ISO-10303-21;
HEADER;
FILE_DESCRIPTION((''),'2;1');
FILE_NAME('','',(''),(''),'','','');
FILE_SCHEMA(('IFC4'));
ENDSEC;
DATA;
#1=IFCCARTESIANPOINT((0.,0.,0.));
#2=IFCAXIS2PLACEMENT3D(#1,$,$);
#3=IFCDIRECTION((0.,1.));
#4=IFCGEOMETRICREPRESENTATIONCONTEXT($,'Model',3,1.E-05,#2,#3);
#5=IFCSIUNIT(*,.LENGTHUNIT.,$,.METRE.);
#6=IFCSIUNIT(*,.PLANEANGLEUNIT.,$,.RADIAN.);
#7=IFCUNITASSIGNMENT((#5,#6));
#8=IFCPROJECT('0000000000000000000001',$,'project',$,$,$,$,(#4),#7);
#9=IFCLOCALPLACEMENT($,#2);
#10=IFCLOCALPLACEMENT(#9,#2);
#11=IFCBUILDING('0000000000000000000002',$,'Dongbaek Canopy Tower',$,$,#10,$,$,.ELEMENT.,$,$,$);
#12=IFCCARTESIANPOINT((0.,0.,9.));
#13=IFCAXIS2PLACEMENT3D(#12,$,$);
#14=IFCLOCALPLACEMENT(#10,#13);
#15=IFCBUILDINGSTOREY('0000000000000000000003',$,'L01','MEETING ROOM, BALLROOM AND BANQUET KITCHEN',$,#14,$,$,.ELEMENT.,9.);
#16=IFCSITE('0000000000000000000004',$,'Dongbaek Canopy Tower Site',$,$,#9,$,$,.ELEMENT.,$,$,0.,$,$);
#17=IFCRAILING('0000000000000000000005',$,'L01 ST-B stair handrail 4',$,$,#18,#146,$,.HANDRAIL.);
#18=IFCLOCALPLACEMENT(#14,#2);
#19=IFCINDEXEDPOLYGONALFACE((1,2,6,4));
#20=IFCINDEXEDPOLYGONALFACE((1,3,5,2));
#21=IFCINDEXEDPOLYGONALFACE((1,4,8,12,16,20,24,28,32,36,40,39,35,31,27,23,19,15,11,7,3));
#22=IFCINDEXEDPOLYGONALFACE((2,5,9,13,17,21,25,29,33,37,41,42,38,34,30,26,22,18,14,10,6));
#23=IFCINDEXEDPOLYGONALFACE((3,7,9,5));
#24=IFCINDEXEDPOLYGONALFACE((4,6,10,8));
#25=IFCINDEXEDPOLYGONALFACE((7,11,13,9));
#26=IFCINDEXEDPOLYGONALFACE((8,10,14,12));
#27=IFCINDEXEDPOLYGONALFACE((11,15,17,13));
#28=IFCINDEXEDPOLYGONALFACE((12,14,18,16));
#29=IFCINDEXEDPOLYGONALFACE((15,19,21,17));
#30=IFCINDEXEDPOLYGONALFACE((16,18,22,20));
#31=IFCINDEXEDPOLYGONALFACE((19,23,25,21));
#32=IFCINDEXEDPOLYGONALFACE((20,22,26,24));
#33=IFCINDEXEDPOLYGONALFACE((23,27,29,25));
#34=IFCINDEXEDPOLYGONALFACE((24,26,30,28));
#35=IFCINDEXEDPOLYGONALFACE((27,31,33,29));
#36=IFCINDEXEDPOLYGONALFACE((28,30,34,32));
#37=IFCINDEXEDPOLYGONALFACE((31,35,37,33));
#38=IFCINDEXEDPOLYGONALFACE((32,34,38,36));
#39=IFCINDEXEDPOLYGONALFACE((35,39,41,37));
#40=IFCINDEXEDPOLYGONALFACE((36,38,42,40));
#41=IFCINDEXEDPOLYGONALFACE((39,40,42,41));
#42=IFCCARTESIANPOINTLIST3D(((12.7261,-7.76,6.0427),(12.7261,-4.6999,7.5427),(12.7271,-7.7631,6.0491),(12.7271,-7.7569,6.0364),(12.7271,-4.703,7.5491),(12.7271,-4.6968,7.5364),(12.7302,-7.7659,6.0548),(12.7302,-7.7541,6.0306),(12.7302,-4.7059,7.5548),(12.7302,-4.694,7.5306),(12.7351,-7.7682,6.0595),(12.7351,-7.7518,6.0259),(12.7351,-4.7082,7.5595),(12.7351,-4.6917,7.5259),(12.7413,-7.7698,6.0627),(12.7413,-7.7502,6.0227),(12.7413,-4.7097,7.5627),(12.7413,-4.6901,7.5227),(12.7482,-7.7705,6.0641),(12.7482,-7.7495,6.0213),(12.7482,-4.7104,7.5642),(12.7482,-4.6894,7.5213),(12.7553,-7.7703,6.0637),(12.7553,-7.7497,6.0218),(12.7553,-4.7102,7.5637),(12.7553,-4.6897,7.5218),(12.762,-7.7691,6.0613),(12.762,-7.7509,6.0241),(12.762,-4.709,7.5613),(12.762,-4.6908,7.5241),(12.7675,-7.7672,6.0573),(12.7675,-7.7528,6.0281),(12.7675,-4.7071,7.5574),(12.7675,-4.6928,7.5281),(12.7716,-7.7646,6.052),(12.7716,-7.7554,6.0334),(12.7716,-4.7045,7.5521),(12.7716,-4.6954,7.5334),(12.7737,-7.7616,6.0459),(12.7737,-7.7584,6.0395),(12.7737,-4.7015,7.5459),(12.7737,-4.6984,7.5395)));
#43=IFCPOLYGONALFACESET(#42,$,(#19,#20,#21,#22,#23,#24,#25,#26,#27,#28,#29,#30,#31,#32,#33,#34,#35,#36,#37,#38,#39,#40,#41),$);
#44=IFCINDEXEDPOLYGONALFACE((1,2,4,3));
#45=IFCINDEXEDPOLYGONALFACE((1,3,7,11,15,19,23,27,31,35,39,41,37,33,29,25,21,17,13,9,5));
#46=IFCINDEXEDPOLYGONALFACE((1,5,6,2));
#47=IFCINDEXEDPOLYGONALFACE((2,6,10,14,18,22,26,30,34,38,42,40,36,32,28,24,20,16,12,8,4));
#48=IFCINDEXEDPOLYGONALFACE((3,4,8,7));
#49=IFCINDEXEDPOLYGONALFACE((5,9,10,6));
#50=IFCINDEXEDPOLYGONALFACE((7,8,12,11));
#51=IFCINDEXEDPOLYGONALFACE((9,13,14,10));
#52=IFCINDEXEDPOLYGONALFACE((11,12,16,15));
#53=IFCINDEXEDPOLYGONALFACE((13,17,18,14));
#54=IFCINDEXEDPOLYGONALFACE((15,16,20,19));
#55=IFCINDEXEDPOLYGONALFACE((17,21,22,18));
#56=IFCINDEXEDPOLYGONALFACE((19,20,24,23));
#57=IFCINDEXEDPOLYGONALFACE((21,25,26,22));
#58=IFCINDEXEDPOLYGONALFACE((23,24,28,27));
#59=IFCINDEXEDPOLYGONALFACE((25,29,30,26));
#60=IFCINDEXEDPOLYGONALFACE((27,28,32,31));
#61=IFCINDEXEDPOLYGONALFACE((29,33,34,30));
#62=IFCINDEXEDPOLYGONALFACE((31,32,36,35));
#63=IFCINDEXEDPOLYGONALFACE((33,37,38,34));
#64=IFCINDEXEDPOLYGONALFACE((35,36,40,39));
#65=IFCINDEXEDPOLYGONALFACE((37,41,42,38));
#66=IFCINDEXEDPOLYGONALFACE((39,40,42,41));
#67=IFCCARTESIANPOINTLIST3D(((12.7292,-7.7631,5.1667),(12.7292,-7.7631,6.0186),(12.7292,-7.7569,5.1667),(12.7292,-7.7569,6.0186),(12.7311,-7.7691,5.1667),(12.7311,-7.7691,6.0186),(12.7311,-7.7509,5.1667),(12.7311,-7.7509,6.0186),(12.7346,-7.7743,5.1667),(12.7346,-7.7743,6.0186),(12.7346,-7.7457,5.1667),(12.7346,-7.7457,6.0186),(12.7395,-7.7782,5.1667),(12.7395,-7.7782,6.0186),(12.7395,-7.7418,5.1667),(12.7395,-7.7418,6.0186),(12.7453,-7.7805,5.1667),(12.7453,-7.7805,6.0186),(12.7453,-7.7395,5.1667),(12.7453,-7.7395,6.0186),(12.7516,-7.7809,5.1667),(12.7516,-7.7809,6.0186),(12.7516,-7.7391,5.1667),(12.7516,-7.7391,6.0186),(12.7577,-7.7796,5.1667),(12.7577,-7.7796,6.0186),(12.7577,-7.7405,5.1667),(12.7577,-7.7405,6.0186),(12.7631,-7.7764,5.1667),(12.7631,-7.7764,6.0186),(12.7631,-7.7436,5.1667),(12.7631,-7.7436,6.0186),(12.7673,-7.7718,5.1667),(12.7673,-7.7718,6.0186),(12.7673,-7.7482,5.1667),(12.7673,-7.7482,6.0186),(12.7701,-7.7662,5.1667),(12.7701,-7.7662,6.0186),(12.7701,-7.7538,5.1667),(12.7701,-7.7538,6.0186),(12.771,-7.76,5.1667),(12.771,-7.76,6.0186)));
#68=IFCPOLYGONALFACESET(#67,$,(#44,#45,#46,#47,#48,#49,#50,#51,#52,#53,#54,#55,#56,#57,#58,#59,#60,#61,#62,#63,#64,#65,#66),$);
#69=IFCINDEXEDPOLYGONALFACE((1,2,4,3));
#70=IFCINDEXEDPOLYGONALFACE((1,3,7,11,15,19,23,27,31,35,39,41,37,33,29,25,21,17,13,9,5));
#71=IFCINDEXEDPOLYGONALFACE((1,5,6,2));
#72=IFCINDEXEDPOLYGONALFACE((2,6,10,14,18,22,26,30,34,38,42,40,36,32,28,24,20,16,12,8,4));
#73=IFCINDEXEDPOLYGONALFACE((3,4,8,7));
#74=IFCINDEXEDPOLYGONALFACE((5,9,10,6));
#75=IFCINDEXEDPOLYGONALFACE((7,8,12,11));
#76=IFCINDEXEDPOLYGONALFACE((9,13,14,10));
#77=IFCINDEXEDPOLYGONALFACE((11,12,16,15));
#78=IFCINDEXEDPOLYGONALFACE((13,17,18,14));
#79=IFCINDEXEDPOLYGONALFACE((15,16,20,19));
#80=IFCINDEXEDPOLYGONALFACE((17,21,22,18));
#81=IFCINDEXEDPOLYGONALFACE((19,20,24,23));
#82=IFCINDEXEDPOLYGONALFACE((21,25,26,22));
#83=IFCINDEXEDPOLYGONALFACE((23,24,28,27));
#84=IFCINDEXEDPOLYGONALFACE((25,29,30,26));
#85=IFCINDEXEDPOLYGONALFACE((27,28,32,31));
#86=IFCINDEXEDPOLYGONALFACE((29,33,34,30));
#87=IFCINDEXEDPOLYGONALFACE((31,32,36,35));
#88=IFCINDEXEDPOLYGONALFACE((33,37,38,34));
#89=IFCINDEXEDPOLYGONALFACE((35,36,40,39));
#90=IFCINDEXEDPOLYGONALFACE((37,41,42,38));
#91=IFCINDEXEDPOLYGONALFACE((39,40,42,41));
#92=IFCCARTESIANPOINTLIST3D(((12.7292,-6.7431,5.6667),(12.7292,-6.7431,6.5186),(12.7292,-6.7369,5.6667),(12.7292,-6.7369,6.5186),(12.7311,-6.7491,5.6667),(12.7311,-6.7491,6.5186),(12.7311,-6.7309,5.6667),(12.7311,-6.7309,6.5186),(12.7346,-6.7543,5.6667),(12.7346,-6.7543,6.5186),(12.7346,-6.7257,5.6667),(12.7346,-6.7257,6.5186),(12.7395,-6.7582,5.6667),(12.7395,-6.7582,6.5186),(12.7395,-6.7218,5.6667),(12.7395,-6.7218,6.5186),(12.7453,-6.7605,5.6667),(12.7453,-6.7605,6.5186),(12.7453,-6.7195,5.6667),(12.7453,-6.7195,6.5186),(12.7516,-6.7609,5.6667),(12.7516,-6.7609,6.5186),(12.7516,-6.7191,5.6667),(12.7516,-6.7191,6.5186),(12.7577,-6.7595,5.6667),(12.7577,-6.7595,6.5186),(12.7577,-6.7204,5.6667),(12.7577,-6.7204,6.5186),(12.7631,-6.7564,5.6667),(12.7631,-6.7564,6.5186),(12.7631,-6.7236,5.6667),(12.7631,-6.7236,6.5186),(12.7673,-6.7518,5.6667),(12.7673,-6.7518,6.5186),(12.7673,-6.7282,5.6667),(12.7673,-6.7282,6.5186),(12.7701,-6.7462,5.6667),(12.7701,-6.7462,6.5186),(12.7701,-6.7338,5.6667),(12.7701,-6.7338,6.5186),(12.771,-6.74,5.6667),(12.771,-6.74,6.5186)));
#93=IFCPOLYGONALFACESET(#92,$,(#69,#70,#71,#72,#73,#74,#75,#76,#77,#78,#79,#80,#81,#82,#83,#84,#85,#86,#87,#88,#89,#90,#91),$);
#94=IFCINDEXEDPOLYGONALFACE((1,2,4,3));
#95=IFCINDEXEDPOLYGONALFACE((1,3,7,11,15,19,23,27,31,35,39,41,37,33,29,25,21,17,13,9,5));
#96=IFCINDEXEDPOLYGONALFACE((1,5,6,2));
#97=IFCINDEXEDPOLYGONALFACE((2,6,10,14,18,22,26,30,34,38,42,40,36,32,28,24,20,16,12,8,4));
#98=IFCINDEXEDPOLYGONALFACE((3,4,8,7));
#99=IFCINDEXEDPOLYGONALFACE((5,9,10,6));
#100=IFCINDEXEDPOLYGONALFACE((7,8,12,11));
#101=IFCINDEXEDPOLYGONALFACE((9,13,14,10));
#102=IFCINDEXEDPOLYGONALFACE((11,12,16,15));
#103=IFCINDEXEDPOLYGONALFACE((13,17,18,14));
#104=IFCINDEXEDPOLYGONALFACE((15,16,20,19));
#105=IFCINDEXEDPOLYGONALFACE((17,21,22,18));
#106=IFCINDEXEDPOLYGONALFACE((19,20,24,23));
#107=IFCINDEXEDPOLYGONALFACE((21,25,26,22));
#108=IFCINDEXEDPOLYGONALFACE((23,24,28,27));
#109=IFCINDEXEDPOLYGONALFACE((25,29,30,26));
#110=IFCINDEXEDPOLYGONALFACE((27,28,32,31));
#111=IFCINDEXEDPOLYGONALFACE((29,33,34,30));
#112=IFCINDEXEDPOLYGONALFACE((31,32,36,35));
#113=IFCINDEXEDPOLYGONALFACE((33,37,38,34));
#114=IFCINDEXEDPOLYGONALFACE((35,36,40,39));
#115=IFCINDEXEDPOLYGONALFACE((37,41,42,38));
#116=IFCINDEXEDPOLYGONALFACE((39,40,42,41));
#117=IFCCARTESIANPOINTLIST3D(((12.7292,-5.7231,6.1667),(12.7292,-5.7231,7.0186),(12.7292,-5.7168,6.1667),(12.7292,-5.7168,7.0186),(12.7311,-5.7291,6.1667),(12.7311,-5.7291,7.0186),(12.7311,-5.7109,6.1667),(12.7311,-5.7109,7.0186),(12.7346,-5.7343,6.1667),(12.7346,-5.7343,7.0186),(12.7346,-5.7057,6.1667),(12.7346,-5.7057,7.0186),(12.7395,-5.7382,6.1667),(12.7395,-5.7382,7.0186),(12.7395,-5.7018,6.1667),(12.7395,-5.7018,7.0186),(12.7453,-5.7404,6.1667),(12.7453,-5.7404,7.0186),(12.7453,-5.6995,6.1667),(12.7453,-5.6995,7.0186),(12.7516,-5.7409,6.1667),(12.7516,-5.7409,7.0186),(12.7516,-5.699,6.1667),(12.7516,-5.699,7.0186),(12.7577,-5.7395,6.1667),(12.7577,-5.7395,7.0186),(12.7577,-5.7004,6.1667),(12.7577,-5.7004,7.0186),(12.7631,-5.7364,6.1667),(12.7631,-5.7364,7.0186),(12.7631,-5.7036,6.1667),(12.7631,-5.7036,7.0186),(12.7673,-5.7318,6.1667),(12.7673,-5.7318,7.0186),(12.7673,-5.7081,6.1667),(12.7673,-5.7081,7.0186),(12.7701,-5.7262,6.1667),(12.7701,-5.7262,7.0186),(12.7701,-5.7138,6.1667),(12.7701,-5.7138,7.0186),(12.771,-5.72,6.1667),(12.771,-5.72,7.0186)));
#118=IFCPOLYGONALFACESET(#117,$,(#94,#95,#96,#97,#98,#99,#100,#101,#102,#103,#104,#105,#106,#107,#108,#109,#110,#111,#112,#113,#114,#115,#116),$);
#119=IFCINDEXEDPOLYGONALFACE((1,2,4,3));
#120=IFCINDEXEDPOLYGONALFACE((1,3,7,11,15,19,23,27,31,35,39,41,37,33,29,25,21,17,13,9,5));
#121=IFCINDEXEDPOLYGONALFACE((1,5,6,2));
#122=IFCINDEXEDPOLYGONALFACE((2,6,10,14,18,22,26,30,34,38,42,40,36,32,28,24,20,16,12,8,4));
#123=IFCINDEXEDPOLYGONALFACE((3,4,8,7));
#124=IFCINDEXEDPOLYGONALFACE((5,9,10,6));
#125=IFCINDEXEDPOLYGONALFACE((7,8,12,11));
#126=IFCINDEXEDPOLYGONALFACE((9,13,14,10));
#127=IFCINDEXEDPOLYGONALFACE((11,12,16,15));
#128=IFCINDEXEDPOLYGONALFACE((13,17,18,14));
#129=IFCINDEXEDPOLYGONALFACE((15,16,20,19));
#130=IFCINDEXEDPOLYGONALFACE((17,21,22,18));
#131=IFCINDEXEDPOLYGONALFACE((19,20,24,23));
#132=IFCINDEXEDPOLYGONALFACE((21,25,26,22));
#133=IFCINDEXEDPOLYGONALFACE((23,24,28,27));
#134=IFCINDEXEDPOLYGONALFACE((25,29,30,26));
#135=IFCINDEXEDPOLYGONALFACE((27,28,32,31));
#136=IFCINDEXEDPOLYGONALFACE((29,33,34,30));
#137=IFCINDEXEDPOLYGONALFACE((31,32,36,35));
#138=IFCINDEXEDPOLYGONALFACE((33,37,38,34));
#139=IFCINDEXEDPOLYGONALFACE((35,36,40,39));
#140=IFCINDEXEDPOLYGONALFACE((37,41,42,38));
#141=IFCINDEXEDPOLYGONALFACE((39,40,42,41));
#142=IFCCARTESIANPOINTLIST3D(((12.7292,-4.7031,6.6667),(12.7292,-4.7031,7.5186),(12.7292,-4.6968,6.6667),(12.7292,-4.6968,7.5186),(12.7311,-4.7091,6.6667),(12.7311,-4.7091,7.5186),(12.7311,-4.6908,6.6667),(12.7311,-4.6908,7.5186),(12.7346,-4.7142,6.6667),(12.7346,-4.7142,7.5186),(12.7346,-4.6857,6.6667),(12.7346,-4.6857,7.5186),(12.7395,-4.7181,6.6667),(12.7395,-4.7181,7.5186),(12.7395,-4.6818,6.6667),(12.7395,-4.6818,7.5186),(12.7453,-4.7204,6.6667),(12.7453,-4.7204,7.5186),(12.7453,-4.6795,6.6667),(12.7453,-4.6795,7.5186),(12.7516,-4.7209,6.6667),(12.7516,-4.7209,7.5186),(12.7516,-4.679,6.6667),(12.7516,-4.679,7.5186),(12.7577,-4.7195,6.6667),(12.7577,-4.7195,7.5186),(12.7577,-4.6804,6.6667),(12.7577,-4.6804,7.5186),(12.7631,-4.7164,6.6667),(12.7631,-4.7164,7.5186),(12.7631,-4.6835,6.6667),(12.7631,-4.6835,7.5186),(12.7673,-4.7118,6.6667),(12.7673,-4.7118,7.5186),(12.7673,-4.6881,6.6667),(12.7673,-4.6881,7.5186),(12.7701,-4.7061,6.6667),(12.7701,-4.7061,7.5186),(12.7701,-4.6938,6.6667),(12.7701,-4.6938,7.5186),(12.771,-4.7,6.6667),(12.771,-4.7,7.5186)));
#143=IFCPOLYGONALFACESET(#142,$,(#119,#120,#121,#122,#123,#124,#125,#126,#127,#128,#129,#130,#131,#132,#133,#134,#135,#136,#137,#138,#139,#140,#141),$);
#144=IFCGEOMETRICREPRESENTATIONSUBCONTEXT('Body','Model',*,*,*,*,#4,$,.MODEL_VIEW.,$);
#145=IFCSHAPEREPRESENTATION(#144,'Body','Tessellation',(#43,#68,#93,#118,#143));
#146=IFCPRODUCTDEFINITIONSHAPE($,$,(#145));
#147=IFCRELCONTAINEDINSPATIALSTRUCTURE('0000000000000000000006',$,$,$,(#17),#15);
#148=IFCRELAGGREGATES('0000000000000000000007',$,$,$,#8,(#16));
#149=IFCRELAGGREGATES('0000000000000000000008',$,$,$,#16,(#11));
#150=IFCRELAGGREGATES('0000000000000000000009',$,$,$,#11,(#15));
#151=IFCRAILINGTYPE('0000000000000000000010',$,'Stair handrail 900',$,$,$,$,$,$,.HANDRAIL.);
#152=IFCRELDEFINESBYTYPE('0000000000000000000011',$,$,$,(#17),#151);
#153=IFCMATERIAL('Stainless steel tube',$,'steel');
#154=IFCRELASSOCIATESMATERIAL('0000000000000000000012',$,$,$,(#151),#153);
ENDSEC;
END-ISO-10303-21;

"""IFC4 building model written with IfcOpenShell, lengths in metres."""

from ifc_helpers import new_model, si_unit, direction, frame, origin, origin_2d, place, context, subcontext, project, spatial, circle, extrude, material, type_object, element, save


model = new_model("IFC4")

# Units and contexts
model_context = context("Model", 3, precision=1e-05, world=origin(), true_north=direction((0.0, 1.0)))
body_context = subcontext(model_context, "Body", "Model", "MODEL_VIEW")
ifc_project = project(units=[si_unit("LENGTHUNIT", "METRE"), si_unit("PLANEANGLEUNIT", "RADIAN")], contexts=[model_context])

# Site, building, storey
site_placement = place(None, origin())
site = spatial("IfcSite", under=ifc_project, at=site_placement, Name="Dongbaek Canopy Tower Site", CompositionType="ELEMENT", RefElevation=0.0)
building_placement = place(site_placement, origin())
building = spatial("IfcBuilding", under=site, at=building_placement, Name="Dongbaek Canopy Tower", CompositionType="ELEMENT")
storey_placement = place(building_placement, frame((0.0, 0.0, 9.0)))
storey = spatial("IfcBuildingStorey", under=building, at=storey_placement, Name="L01", Description="MEETING ROOM, BALLROOM AND BANQUET KITCHEN", CompositionType="ELEMENT", Elevation=9.0)

# Railing
ifc_material_1 = material(Name="Stainless steel tube", Category="steel")
railing_type = type_object("IfcRailingType", Name="Stair handrail 900", PredefinedType="HANDRAIL", material=ifc_material_1)
for number, where, name in (
    (1, (12.75, -7.76, 5.1667), "L01 ST-B stair handrail 4"),
):
    element("IfcRailing", number, at=place(storey_placement, frame(where)), inside=storey, type_object=railing_type, Name=name, PredefinedType="HANDRAIL", context=body_context, shape_type="SweptSolid", body=[
        extrude(circle(Radius=0.0239, at=origin_2d()), frame((0.0, 0.0, 0.876), z_axis=(0.0, 0.897924, 0.44015), x_axis=(-1.0, 0.0, 0.0)), (0.0, 0.0, 1.0), 3.408),
        extrude(circle(Radius=0.021, at=origin_2d()), origin(), (0.0, 0.0, 1.0), 0.8518),
        extrude(circle(Radius=0.021, at=origin_2d()), frame((0.0, 1.02, 0.5)), (0.0, 0.0, 1.0), 0.8518),
        extrude(circle(Radius=0.021, at=origin_2d()), frame((0.0, 2.04, 1.0)), (0.0, 0.0, 1.0), 0.8518),
        extrude(circle(Radius=0.021, at=origin_2d()), frame((0.0, 3.0601, 1.5)), (0.0, 0.0, 1.0), 0.8518),
    ])

save(model, "model.ifc")
